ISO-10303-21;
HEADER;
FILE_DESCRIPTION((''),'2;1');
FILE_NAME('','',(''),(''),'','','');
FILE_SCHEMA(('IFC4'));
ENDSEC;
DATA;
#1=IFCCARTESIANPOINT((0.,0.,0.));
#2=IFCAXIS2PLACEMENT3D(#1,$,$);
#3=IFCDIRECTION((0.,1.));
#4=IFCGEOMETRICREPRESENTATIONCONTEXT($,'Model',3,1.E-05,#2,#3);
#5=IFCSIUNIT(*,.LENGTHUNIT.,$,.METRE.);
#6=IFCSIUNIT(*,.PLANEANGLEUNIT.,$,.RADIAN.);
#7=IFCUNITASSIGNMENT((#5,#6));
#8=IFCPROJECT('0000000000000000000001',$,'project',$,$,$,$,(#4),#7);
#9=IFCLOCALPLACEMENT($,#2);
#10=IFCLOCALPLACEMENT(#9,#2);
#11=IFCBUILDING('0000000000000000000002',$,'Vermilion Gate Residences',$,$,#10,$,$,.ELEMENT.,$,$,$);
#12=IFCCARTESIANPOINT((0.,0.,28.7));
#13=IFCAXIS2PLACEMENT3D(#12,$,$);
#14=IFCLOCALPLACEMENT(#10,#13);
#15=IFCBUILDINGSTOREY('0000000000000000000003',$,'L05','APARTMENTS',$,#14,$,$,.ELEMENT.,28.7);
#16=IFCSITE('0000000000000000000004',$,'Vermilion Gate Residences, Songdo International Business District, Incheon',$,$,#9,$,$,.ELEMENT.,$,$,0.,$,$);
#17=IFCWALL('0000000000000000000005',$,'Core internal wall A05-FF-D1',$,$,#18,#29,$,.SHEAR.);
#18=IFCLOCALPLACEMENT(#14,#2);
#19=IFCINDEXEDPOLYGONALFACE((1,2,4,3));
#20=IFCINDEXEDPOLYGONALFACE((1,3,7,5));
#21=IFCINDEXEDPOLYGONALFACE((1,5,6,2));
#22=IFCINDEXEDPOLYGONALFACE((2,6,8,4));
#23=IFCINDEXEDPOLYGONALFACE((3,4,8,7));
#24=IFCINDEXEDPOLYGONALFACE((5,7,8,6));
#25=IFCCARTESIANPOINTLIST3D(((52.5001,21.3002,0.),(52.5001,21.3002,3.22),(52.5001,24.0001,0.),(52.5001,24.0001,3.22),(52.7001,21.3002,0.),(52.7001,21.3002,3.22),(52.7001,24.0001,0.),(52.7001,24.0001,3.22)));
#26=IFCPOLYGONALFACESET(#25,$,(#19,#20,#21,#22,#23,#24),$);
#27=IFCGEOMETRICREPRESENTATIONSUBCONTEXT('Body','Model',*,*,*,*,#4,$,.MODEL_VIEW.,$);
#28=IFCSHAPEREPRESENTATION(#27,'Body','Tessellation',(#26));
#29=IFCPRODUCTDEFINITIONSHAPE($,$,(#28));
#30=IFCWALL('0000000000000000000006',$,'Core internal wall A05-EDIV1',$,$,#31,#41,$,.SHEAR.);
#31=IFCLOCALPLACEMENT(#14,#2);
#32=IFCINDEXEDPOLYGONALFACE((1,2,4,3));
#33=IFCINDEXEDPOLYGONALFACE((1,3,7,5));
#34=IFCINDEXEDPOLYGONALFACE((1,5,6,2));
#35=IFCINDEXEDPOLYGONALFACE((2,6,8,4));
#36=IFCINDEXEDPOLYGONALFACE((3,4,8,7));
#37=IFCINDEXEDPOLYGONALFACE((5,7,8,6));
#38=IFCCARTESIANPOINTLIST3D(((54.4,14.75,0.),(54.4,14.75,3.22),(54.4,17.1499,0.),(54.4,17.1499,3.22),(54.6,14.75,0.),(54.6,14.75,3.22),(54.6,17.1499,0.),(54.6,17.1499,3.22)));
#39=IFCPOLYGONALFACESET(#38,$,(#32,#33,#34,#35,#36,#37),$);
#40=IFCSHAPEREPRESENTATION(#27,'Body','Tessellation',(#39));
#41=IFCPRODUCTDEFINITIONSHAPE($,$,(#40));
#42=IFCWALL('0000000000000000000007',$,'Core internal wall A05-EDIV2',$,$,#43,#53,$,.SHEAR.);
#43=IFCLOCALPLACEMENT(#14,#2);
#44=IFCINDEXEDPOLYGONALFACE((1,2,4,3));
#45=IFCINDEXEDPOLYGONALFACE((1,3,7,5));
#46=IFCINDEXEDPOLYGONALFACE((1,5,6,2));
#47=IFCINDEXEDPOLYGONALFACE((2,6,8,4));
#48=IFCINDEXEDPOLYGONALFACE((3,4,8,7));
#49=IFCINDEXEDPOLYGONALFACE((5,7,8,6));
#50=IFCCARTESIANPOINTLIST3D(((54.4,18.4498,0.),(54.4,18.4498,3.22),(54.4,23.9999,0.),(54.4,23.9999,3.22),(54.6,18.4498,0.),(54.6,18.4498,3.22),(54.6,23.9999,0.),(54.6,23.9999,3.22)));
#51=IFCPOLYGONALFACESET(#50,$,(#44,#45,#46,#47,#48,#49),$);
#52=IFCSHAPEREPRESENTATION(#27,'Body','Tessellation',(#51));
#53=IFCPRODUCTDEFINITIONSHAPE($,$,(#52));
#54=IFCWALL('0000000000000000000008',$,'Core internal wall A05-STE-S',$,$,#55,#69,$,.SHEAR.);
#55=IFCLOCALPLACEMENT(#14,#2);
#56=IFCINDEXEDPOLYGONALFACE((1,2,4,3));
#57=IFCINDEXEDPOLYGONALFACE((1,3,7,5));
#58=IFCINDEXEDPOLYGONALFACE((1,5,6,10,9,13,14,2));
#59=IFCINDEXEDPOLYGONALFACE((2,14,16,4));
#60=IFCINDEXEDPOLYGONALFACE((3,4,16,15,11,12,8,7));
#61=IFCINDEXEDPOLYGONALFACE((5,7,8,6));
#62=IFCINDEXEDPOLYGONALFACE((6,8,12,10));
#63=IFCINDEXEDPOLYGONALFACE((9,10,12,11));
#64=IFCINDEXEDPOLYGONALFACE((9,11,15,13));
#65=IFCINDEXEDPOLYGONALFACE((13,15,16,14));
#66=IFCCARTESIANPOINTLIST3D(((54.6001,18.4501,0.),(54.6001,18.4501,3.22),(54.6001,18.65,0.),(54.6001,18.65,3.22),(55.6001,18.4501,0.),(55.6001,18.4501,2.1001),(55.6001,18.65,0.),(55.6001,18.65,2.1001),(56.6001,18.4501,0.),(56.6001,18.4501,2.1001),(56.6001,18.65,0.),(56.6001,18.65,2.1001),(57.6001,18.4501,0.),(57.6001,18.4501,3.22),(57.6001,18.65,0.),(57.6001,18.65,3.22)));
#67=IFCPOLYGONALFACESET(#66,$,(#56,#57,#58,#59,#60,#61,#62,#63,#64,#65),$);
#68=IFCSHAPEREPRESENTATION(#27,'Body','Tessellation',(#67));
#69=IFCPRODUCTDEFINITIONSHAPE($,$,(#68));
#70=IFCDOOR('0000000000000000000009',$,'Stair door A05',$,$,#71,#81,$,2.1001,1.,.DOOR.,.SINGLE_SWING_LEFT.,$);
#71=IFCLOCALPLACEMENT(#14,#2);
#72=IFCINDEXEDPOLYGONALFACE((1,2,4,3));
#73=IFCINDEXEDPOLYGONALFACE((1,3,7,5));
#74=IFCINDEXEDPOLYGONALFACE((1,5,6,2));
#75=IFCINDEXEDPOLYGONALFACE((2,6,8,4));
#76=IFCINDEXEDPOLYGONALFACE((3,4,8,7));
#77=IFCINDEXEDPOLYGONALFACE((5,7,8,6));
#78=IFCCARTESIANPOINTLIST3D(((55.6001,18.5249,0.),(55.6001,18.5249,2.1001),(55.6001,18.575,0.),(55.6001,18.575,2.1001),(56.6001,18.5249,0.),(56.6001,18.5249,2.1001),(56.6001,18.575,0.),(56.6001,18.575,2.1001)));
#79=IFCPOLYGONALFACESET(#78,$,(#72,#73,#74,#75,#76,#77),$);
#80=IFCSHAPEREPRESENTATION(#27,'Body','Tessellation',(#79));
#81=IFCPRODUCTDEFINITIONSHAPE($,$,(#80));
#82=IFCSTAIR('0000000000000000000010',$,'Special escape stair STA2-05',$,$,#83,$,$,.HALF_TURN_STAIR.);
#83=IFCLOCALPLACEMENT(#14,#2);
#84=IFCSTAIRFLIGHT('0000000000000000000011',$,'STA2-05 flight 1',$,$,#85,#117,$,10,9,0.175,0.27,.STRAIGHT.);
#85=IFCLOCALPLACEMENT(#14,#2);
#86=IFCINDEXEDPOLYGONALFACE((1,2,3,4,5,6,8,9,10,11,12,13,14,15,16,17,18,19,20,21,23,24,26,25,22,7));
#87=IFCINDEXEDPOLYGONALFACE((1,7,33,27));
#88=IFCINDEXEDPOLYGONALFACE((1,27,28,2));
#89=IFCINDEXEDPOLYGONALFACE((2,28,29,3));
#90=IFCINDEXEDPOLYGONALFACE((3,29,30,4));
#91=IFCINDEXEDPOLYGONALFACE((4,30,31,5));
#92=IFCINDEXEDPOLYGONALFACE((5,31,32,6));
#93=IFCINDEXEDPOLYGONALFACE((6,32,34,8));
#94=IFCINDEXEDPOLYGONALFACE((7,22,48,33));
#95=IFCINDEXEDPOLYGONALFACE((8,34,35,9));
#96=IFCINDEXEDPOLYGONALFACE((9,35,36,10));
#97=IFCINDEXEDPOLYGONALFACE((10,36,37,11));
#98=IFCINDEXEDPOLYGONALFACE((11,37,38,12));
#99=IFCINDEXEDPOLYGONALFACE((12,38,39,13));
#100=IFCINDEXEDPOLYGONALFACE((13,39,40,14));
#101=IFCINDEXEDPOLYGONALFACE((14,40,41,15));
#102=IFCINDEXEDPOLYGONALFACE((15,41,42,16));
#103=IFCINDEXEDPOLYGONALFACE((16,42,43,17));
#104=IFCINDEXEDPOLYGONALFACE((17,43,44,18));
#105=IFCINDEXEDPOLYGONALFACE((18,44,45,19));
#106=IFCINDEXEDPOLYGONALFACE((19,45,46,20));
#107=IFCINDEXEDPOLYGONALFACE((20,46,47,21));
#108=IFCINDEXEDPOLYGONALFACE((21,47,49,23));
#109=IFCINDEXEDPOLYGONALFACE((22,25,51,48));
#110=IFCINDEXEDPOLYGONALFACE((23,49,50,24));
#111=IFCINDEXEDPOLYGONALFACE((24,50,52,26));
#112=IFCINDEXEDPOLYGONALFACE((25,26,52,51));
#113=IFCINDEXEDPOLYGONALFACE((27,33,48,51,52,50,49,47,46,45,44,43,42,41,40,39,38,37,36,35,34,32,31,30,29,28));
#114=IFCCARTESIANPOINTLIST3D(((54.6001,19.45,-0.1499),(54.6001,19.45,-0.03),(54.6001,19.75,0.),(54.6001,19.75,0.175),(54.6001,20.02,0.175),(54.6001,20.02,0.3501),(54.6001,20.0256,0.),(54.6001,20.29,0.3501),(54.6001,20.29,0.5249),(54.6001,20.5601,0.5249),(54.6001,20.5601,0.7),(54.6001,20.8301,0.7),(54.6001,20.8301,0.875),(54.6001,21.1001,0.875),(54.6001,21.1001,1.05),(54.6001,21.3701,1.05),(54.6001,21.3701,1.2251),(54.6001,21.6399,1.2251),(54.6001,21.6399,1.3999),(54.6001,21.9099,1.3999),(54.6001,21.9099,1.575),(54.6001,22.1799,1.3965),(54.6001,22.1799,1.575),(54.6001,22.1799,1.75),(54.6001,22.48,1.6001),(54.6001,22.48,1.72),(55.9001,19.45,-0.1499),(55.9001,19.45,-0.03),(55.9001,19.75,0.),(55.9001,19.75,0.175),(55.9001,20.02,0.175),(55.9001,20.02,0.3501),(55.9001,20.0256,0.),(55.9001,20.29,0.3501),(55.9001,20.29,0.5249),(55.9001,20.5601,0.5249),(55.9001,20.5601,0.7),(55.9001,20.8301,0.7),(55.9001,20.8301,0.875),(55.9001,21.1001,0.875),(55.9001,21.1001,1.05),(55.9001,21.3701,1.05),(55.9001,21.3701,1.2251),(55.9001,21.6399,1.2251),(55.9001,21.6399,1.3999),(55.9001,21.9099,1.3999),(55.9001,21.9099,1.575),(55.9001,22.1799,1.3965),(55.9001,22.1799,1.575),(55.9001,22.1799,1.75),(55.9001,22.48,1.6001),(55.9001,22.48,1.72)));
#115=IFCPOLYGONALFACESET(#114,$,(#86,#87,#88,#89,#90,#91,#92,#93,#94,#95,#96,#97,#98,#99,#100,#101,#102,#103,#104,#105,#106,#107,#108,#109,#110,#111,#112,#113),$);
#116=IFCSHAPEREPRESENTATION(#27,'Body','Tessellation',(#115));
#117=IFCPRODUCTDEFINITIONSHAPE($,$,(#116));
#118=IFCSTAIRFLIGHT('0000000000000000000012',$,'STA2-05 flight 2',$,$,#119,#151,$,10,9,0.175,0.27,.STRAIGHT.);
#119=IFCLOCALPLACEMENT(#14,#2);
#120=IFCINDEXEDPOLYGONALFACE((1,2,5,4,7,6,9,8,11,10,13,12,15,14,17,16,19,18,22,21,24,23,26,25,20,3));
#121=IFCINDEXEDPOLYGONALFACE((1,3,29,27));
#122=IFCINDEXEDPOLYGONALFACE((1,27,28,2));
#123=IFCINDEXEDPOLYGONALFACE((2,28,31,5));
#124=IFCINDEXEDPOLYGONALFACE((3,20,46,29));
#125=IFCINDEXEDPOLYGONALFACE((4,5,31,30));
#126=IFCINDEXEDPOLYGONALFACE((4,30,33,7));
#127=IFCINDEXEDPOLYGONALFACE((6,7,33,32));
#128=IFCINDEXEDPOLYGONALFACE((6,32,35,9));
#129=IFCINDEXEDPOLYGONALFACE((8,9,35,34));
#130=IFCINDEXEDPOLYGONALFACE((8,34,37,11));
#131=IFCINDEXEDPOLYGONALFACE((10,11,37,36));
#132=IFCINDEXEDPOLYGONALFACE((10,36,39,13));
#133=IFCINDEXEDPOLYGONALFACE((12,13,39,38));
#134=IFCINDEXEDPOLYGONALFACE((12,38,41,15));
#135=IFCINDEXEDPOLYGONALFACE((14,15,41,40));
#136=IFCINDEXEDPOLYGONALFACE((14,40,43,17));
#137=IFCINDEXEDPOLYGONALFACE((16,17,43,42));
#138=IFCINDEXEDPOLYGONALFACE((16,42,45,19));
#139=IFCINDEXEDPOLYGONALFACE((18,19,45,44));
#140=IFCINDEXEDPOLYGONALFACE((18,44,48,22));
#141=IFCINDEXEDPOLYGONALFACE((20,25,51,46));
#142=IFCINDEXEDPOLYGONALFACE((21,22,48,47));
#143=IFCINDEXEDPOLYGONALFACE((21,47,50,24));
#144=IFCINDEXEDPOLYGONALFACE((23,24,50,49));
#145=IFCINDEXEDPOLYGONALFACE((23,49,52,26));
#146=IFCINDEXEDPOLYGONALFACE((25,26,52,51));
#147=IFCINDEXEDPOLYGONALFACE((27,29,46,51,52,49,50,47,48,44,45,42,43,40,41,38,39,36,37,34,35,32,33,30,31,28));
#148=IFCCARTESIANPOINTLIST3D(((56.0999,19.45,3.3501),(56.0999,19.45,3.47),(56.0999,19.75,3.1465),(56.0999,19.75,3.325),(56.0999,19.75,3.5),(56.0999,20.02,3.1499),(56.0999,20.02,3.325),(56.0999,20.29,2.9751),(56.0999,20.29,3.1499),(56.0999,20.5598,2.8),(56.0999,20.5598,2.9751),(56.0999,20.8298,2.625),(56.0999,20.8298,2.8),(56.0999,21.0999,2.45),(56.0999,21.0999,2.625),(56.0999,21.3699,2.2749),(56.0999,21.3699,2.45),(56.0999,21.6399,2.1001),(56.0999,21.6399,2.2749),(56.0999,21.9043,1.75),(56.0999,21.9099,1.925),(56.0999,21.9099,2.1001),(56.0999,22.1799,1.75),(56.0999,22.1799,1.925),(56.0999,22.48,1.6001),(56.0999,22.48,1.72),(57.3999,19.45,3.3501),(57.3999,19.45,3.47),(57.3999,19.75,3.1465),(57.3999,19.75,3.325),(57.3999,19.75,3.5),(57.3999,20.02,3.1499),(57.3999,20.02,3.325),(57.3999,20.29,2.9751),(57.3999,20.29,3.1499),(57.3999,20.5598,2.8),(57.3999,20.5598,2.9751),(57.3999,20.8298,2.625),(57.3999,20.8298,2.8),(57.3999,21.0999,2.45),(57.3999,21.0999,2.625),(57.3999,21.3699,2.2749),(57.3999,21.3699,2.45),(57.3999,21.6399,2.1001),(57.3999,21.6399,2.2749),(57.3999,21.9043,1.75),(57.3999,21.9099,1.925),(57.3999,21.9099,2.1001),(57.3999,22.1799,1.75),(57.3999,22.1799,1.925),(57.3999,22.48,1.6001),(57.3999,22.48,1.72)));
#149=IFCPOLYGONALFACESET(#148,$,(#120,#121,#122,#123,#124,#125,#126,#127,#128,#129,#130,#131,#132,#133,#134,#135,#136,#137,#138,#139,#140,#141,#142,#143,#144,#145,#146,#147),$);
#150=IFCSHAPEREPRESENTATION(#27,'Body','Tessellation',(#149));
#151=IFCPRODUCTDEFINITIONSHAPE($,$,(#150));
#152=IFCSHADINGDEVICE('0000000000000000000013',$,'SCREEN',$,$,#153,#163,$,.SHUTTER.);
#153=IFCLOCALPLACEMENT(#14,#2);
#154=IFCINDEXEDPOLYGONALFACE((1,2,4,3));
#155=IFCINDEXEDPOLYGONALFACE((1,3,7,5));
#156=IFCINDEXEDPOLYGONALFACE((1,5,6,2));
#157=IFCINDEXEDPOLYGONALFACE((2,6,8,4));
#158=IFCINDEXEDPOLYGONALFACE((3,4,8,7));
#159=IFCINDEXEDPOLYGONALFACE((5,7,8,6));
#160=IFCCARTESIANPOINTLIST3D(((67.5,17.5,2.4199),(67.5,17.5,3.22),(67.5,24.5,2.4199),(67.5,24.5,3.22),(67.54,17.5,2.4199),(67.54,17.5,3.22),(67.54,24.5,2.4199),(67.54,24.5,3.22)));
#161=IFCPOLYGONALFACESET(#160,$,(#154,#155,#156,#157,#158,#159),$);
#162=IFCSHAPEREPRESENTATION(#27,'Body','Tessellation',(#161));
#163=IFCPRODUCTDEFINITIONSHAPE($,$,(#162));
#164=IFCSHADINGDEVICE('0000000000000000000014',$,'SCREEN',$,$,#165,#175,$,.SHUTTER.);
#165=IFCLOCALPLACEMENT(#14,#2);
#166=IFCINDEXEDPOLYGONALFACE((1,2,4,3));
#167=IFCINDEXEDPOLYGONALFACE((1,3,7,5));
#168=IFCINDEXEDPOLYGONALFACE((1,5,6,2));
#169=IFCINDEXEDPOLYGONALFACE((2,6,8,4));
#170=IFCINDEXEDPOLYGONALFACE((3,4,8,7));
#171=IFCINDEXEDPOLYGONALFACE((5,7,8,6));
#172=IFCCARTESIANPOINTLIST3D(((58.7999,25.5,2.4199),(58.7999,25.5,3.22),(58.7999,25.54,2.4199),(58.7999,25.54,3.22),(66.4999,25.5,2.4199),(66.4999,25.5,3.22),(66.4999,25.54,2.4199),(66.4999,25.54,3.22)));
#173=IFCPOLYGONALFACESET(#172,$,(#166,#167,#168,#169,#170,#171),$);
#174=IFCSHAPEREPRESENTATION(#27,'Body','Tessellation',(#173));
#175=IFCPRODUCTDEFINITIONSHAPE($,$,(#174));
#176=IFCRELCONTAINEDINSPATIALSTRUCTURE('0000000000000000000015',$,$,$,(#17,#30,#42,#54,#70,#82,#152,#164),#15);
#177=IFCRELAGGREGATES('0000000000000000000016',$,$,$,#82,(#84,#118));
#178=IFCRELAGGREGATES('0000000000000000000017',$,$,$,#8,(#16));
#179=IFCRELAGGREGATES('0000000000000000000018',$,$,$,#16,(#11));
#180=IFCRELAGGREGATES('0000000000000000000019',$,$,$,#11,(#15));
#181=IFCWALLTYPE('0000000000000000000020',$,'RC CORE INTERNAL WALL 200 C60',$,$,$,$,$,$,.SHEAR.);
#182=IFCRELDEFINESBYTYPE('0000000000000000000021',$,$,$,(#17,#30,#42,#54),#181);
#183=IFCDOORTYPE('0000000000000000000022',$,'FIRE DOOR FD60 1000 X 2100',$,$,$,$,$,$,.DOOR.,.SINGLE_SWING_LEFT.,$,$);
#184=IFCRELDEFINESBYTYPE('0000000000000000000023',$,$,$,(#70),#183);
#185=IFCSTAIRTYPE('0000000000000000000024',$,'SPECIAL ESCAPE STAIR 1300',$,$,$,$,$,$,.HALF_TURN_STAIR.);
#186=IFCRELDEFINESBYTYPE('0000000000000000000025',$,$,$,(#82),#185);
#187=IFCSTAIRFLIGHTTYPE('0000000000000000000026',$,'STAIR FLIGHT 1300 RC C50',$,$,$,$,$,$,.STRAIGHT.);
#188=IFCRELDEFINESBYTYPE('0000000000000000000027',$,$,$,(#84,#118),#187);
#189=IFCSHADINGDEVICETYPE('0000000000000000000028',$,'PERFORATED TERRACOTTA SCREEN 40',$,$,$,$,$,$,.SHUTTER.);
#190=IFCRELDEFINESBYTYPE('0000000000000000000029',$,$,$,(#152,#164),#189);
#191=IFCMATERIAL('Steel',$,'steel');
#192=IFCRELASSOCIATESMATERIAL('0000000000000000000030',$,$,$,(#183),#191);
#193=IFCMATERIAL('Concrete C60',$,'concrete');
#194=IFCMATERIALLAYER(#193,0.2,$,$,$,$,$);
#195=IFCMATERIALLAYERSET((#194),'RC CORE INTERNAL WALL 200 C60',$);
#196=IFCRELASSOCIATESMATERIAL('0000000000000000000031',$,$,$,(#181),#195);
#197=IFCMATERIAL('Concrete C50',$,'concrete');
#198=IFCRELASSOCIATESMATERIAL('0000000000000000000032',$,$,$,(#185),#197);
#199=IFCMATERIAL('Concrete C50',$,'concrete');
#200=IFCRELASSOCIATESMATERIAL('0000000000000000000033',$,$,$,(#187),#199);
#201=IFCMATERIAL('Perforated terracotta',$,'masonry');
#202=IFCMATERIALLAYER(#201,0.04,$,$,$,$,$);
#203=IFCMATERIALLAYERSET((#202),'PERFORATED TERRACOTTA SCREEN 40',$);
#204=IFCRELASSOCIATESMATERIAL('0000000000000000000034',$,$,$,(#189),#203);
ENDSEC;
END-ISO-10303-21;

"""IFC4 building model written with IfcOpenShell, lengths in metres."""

from ifc_helpers import new_model, si_unit, direction, frame, frame_2d, origin, origin_2d, place, context, subcontext, project, spatial, polyline, rectangle, outline, extrude, material, layer, layer_set, type_object, element, fill, aggregate, save


model = new_model("IFC4")

# Units and contexts
model_context = context("Model", 3, precision=1e-05, world=origin(), true_north=direction((0.0, 1.0)))
body_context = subcontext(model_context, "Body", "Model", "MODEL_VIEW")
ifc_project = project(units=[si_unit("LENGTHUNIT", "METRE"), si_unit("PLANEANGLEUNIT", "RADIAN")], contexts=[model_context])

# Site, building, storey
site_placement = place(None, origin())
site = spatial("IfcSite", under=ifc_project, at=site_placement, Name="Vermilion Gate Residences, Songdo International Business District, Incheon", CompositionType="ELEMENT", RefElevation=0.0)
building_placement = place(site_placement, origin())
building = spatial("IfcBuilding", under=site, at=building_placement, Name="Vermilion Gate Residences", CompositionType="ELEMENT")
storey_placement = place(building_placement, frame((0.0, 0.0, 28.7)))
storey = spatial("IfcBuildingStorey", under=building, at=storey_placement, Name="L05", Description="APARTMENTS", CompositionType="ELEMENT", Elevation=28.7)

# Shared definitions
ifc_material_1 = material(Name="Steel", Category="steel")
door_type = type_object("IfcDoorType", Name="FIRE DOOR FD60 1000 X 2100", OperationType="SINGLE_SWING_LEFT", PredefinedType="DOOR", material=ifc_material_1)

# Walls
ifc_material_2 = material(Name="Concrete C60", Category="concrete")
ifc_layer_1 = layer(ifc_material_2, 0.2)
ifc_layer_set_1 = layer_set([ifc_layer_1], Name="RC CORE INTERNAL WALL 200 C60")
wall_type_1 = type_object("IfcWallType", Name="RC CORE INTERNAL WALL 200 C60", PredefinedType="SHEAR", material=ifc_layer_set_1)
wall_1_placement = place(storey_placement, frame((52.6001, 21.3, 0.0), z_axis=(0.0, 0.0, 1.0), x_axis=(0.0, 1.0, 0.0)))
element("IfcWall", 1, at=wall_1_placement, inside=storey, type_object=wall_type_1, Name="Core internal wall A05-FF-D1", PredefinedType="SHEAR", context=body_context, shape_type="SweptSolid", body=[
    extrude(rectangle(XDim=2.7, YDim=0.2, at=frame_2d((1.3501, 0.0))), origin(), (0.0, 0.0, 1.0), 3.22),
])
wall_2_placement = place(storey_placement, frame((54.5, 14.75, 0.0), z_axis=(0.0, 0.0, 1.0), x_axis=(0.0, 1.0, 0.0)))
element("IfcWall", 2, at=wall_2_placement, inside=storey, type_object=wall_type_1, Name="Core internal wall A05-EDIV1", PredefinedType="SHEAR", context=body_context, shape_type="SweptSolid", body=[
    extrude(rectangle(XDim=2.3999, YDim=0.2, at=frame_2d((1.2, 0.0))), origin(), (0.0, 0.0, 1.0), 3.22),
])
wall_3_placement = place(storey_placement, frame((54.5, 18.45, 0.0), z_axis=(0.0, 0.0, 1.0), x_axis=(0.0, 1.0, 0.0)))
element("IfcWall", 3, at=wall_3_placement, inside=storey, type_object=wall_type_1, Name="Core internal wall A05-EDIV2", PredefinedType="SHEAR", context=body_context, shape_type="SweptSolid", body=[
    extrude(rectangle(XDim=5.55, YDim=0.2, at=frame_2d((2.7749, 0.0))), origin(), (0.0, 0.0, 1.0), 3.22),
])

# Wall, opening, door
wall_4_placement = place(storey_placement, frame((54.6001, 18.55, 0.0), z_axis=(0.0, 0.0, 1.0), x_axis=(1.0, 0.0, 0.0)))
wall_4 = element("IfcWall", 4, at=wall_4_placement, inside=storey, type_object=wall_type_1, Name="Core internal wall A05-STE-S", PredefinedType="SHEAR", context=body_context, shape_type="SweptSolid", body=[
    extrude(rectangle(XDim=3.0, YDim=0.2, at=frame_2d((1.5, 0.0))), origin(), (0.0, 0.0, 1.0), 3.22),
])
opening_1_placement = place(wall_4_placement, frame((1.0, 0.0, 0.0)))
opening_1 = element("IfcOpeningElement", 5, at=opening_1_placement, cuts=wall_4, PredefinedType="OPENING", context=body_context, shape_type="SweptSolid", body=[
    extrude(rectangle(XDim=1.0, YDim=2.1001, at=frame_2d((0.5, 1.05))), frame((0.0, 0.1099, 0.0), z_axis=(0.0, -1.0, 0.0), x_axis=(1.0, 0.0, 0.0)), (0.0, 0.0, 1.0), 0.22),
])
door_1_placement = place(opening_1_placement, origin())
door_1 = element("IfcDoor", 6, at=door_1_placement, inside=storey, type_object=door_type, Name="Stair door A05", OperationType="SINGLE_SWING_LEFT", OverallHeight=2.1001, OverallWidth=1.0, PredefinedType="DOOR", context=body_context, shape_type="SweptSolid", body=[
    extrude(rectangle(XDim=1.0, YDim=2.1001, at=frame_2d((0.5, 1.05))), frame((0.0, 0.0249, 0.0), z_axis=(0.0, -1.0, 0.0), x_axis=(1.0, 0.0, 0.0)), (0.0, 0.0, 1.0), 0.05),
])
fill(opening_1, door_1)

# Stair, stair flights
ifc_material_3 = material(Name="Concrete C50", Category="concrete")
stair_type = type_object("IfcStairType", Name="SPECIAL ESCAPE STAIR 1300", PredefinedType="HALF_TURN_STAIR", material=ifc_material_3)
stair_placement = place(storey_placement, origin())
stair = element("IfcStair", 7, at=stair_placement, inside=storey, type_object=stair_type, Name="Special escape stair STA2-05", PredefinedType="HALF_TURN_STAIR")
ifc_material_4 = material(Name="Concrete C50", Category="concrete")
stair_flight_type = type_object("IfcStairFlightType", Name="STAIR FLIGHT 1300 RC C50", PredefinedType="STRAIGHT", material=ifc_material_4)
stair_flight_1_placement = place(storey_placement, frame((55.25, 19.75, 0.0), z_axis=(0.0, 0.0, 1.0), x_axis=(0.0, 1.0, 0.0)))
stair_flight_1 = element("IfcStairFlight", 8, at=stair_flight_1_placement, type_object=stair_flight_type, Name="STA2-05 flight 1", NumberOfRisers=10, NumberOfTreads=9, PredefinedType="STRAIGHT", RiserHeight=0.175, TreadLength=0.27, context=body_context, shape_type="SweptSolid", body=[
    extrude(outline(polyline([(-0.3, -0.1499), (-0.3, -0.03), (0.0, 0.0), (0.0, 0.175), (0.27, 0.175), (0.27, 0.3501), (0.54, 0.3501), (0.54, 0.5249), (0.8101, 0.5249), (0.8101, 0.7), (1.0801, 0.7), (1.0801, 0.875), (1.3501, 0.875), (1.3501, 1.05), (1.6201, 1.05), (1.6201, 1.2251), (1.8899, 1.2251), (1.8899, 1.3999), (2.1599, 1.3999), (2.1599, 1.575), (2.4299, 1.575), (2.4299, 1.75), (2.73, 1.72), (2.73, 1.6001), (2.4299, 1.3965), (0.2756, 0.0), (-0.3, -0.1499)])), frame((0.0, 0.6499, 0.0), z_axis=(0.0, -1.0, 0.0), x_axis=(1.0, 0.0, 0.0)), (0.0, 0.0, 1.0), 1.3),
])
stair_flight_2_placement = place(storey_placement, frame((56.75, 22.1799, 1.75), z_axis=(0.0, 0.0, 1.0), x_axis=(0.0, -1.0, 0.0)))
stair_flight_2 = element("IfcStairFlight", 9, at=stair_flight_2_placement, type_object=stair_flight_type, Name="STA2-05 flight 2", NumberOfRisers=10, NumberOfTreads=9, PredefinedType="STRAIGHT", RiserHeight=0.175, TreadLength=0.27, context=body_context, shape_type="SweptSolid", body=[
    extrude(outline(polyline([(-0.3, -0.1499), (-0.3, -0.03), (0.0, 0.0), (0.0, 0.175), (0.27, 0.175), (0.27, 0.3501), (0.54, 0.3501), (0.54, 0.5249), (0.8101, 0.5249), (0.8101, 0.7), (1.0801, 0.7), (1.0801, 0.875), (1.3501, 0.875), (1.3501, 1.05), (1.6201, 1.05), (1.6201, 1.2251), (1.8899, 1.2251), (1.8899, 1.3999), (2.1599, 1.3999), (2.1599, 1.575), (2.4299, 1.575), (2.4299, 1.75), (2.73, 1.72), (2.73, 1.6001), (2.4299, 1.3965), (0.2756, 0.0), (-0.3, -0.1499)])), frame((0.0, 0.6499, 0.0), z_axis=(0.0, -1.0, 0.0), x_axis=(1.0, 0.0, 0.0)), (0.0, 0.0, 1.0), 1.3),
])
aggregate(stair, [stair_flight_1, stair_flight_2])

# Shading devices
ifc_material_5 = material(Name="Perforated terracotta", Category="masonry")
ifc_layer_2 = layer(ifc_material_5, 0.04)
ifc_layer_set_2 = layer_set([ifc_layer_2], Name="PERFORATED TERRACOTTA SCREEN 40")
shading_device_type_1 = type_object("IfcShadingDeviceType", Name="PERFORATED TERRACOTTA SCREEN 40", PredefinedType="SHUTTER", material=ifc_layer_set_2)
shading_device_1_placement = place(storey_placement, frame((67.52, 21.0, 2.4199), z_axis=(0.0, 0.0, 1.0), x_axis=(0.0, 1.0, 0.0)))
element("IfcShadingDevice", 10, at=shading_device_1_placement, inside=storey, type_object=shading_device_type_1, Name="SCREEN", PredefinedType="SHUTTER", context=body_context, shape_type="SweptSolid", body=[
    extrude(rectangle(XDim=7.0, YDim=0.04, at=origin_2d()), origin(), (0.0, 0.0, 1.0), 0.8),
])
shading_device_2_placement = place(storey_placement, frame((62.6499, 25.52, 2.4199), z_axis=(0.0, 0.0, 1.0), x_axis=(-1.0, 0.0, 0.0)))
element("IfcShadingDevice", 11, at=shading_device_2_placement, inside=storey, type_object=shading_device_type_1, Name="SCREEN", PredefinedType="SHUTTER", context=body_context, shape_type="SweptSolid", body=[
    extrude(rectangle(XDim=7.7, YDim=0.04, at=origin_2d()), origin(), (0.0, 0.0, 1.0), 0.8),
])

save(model, "model.ifc")
